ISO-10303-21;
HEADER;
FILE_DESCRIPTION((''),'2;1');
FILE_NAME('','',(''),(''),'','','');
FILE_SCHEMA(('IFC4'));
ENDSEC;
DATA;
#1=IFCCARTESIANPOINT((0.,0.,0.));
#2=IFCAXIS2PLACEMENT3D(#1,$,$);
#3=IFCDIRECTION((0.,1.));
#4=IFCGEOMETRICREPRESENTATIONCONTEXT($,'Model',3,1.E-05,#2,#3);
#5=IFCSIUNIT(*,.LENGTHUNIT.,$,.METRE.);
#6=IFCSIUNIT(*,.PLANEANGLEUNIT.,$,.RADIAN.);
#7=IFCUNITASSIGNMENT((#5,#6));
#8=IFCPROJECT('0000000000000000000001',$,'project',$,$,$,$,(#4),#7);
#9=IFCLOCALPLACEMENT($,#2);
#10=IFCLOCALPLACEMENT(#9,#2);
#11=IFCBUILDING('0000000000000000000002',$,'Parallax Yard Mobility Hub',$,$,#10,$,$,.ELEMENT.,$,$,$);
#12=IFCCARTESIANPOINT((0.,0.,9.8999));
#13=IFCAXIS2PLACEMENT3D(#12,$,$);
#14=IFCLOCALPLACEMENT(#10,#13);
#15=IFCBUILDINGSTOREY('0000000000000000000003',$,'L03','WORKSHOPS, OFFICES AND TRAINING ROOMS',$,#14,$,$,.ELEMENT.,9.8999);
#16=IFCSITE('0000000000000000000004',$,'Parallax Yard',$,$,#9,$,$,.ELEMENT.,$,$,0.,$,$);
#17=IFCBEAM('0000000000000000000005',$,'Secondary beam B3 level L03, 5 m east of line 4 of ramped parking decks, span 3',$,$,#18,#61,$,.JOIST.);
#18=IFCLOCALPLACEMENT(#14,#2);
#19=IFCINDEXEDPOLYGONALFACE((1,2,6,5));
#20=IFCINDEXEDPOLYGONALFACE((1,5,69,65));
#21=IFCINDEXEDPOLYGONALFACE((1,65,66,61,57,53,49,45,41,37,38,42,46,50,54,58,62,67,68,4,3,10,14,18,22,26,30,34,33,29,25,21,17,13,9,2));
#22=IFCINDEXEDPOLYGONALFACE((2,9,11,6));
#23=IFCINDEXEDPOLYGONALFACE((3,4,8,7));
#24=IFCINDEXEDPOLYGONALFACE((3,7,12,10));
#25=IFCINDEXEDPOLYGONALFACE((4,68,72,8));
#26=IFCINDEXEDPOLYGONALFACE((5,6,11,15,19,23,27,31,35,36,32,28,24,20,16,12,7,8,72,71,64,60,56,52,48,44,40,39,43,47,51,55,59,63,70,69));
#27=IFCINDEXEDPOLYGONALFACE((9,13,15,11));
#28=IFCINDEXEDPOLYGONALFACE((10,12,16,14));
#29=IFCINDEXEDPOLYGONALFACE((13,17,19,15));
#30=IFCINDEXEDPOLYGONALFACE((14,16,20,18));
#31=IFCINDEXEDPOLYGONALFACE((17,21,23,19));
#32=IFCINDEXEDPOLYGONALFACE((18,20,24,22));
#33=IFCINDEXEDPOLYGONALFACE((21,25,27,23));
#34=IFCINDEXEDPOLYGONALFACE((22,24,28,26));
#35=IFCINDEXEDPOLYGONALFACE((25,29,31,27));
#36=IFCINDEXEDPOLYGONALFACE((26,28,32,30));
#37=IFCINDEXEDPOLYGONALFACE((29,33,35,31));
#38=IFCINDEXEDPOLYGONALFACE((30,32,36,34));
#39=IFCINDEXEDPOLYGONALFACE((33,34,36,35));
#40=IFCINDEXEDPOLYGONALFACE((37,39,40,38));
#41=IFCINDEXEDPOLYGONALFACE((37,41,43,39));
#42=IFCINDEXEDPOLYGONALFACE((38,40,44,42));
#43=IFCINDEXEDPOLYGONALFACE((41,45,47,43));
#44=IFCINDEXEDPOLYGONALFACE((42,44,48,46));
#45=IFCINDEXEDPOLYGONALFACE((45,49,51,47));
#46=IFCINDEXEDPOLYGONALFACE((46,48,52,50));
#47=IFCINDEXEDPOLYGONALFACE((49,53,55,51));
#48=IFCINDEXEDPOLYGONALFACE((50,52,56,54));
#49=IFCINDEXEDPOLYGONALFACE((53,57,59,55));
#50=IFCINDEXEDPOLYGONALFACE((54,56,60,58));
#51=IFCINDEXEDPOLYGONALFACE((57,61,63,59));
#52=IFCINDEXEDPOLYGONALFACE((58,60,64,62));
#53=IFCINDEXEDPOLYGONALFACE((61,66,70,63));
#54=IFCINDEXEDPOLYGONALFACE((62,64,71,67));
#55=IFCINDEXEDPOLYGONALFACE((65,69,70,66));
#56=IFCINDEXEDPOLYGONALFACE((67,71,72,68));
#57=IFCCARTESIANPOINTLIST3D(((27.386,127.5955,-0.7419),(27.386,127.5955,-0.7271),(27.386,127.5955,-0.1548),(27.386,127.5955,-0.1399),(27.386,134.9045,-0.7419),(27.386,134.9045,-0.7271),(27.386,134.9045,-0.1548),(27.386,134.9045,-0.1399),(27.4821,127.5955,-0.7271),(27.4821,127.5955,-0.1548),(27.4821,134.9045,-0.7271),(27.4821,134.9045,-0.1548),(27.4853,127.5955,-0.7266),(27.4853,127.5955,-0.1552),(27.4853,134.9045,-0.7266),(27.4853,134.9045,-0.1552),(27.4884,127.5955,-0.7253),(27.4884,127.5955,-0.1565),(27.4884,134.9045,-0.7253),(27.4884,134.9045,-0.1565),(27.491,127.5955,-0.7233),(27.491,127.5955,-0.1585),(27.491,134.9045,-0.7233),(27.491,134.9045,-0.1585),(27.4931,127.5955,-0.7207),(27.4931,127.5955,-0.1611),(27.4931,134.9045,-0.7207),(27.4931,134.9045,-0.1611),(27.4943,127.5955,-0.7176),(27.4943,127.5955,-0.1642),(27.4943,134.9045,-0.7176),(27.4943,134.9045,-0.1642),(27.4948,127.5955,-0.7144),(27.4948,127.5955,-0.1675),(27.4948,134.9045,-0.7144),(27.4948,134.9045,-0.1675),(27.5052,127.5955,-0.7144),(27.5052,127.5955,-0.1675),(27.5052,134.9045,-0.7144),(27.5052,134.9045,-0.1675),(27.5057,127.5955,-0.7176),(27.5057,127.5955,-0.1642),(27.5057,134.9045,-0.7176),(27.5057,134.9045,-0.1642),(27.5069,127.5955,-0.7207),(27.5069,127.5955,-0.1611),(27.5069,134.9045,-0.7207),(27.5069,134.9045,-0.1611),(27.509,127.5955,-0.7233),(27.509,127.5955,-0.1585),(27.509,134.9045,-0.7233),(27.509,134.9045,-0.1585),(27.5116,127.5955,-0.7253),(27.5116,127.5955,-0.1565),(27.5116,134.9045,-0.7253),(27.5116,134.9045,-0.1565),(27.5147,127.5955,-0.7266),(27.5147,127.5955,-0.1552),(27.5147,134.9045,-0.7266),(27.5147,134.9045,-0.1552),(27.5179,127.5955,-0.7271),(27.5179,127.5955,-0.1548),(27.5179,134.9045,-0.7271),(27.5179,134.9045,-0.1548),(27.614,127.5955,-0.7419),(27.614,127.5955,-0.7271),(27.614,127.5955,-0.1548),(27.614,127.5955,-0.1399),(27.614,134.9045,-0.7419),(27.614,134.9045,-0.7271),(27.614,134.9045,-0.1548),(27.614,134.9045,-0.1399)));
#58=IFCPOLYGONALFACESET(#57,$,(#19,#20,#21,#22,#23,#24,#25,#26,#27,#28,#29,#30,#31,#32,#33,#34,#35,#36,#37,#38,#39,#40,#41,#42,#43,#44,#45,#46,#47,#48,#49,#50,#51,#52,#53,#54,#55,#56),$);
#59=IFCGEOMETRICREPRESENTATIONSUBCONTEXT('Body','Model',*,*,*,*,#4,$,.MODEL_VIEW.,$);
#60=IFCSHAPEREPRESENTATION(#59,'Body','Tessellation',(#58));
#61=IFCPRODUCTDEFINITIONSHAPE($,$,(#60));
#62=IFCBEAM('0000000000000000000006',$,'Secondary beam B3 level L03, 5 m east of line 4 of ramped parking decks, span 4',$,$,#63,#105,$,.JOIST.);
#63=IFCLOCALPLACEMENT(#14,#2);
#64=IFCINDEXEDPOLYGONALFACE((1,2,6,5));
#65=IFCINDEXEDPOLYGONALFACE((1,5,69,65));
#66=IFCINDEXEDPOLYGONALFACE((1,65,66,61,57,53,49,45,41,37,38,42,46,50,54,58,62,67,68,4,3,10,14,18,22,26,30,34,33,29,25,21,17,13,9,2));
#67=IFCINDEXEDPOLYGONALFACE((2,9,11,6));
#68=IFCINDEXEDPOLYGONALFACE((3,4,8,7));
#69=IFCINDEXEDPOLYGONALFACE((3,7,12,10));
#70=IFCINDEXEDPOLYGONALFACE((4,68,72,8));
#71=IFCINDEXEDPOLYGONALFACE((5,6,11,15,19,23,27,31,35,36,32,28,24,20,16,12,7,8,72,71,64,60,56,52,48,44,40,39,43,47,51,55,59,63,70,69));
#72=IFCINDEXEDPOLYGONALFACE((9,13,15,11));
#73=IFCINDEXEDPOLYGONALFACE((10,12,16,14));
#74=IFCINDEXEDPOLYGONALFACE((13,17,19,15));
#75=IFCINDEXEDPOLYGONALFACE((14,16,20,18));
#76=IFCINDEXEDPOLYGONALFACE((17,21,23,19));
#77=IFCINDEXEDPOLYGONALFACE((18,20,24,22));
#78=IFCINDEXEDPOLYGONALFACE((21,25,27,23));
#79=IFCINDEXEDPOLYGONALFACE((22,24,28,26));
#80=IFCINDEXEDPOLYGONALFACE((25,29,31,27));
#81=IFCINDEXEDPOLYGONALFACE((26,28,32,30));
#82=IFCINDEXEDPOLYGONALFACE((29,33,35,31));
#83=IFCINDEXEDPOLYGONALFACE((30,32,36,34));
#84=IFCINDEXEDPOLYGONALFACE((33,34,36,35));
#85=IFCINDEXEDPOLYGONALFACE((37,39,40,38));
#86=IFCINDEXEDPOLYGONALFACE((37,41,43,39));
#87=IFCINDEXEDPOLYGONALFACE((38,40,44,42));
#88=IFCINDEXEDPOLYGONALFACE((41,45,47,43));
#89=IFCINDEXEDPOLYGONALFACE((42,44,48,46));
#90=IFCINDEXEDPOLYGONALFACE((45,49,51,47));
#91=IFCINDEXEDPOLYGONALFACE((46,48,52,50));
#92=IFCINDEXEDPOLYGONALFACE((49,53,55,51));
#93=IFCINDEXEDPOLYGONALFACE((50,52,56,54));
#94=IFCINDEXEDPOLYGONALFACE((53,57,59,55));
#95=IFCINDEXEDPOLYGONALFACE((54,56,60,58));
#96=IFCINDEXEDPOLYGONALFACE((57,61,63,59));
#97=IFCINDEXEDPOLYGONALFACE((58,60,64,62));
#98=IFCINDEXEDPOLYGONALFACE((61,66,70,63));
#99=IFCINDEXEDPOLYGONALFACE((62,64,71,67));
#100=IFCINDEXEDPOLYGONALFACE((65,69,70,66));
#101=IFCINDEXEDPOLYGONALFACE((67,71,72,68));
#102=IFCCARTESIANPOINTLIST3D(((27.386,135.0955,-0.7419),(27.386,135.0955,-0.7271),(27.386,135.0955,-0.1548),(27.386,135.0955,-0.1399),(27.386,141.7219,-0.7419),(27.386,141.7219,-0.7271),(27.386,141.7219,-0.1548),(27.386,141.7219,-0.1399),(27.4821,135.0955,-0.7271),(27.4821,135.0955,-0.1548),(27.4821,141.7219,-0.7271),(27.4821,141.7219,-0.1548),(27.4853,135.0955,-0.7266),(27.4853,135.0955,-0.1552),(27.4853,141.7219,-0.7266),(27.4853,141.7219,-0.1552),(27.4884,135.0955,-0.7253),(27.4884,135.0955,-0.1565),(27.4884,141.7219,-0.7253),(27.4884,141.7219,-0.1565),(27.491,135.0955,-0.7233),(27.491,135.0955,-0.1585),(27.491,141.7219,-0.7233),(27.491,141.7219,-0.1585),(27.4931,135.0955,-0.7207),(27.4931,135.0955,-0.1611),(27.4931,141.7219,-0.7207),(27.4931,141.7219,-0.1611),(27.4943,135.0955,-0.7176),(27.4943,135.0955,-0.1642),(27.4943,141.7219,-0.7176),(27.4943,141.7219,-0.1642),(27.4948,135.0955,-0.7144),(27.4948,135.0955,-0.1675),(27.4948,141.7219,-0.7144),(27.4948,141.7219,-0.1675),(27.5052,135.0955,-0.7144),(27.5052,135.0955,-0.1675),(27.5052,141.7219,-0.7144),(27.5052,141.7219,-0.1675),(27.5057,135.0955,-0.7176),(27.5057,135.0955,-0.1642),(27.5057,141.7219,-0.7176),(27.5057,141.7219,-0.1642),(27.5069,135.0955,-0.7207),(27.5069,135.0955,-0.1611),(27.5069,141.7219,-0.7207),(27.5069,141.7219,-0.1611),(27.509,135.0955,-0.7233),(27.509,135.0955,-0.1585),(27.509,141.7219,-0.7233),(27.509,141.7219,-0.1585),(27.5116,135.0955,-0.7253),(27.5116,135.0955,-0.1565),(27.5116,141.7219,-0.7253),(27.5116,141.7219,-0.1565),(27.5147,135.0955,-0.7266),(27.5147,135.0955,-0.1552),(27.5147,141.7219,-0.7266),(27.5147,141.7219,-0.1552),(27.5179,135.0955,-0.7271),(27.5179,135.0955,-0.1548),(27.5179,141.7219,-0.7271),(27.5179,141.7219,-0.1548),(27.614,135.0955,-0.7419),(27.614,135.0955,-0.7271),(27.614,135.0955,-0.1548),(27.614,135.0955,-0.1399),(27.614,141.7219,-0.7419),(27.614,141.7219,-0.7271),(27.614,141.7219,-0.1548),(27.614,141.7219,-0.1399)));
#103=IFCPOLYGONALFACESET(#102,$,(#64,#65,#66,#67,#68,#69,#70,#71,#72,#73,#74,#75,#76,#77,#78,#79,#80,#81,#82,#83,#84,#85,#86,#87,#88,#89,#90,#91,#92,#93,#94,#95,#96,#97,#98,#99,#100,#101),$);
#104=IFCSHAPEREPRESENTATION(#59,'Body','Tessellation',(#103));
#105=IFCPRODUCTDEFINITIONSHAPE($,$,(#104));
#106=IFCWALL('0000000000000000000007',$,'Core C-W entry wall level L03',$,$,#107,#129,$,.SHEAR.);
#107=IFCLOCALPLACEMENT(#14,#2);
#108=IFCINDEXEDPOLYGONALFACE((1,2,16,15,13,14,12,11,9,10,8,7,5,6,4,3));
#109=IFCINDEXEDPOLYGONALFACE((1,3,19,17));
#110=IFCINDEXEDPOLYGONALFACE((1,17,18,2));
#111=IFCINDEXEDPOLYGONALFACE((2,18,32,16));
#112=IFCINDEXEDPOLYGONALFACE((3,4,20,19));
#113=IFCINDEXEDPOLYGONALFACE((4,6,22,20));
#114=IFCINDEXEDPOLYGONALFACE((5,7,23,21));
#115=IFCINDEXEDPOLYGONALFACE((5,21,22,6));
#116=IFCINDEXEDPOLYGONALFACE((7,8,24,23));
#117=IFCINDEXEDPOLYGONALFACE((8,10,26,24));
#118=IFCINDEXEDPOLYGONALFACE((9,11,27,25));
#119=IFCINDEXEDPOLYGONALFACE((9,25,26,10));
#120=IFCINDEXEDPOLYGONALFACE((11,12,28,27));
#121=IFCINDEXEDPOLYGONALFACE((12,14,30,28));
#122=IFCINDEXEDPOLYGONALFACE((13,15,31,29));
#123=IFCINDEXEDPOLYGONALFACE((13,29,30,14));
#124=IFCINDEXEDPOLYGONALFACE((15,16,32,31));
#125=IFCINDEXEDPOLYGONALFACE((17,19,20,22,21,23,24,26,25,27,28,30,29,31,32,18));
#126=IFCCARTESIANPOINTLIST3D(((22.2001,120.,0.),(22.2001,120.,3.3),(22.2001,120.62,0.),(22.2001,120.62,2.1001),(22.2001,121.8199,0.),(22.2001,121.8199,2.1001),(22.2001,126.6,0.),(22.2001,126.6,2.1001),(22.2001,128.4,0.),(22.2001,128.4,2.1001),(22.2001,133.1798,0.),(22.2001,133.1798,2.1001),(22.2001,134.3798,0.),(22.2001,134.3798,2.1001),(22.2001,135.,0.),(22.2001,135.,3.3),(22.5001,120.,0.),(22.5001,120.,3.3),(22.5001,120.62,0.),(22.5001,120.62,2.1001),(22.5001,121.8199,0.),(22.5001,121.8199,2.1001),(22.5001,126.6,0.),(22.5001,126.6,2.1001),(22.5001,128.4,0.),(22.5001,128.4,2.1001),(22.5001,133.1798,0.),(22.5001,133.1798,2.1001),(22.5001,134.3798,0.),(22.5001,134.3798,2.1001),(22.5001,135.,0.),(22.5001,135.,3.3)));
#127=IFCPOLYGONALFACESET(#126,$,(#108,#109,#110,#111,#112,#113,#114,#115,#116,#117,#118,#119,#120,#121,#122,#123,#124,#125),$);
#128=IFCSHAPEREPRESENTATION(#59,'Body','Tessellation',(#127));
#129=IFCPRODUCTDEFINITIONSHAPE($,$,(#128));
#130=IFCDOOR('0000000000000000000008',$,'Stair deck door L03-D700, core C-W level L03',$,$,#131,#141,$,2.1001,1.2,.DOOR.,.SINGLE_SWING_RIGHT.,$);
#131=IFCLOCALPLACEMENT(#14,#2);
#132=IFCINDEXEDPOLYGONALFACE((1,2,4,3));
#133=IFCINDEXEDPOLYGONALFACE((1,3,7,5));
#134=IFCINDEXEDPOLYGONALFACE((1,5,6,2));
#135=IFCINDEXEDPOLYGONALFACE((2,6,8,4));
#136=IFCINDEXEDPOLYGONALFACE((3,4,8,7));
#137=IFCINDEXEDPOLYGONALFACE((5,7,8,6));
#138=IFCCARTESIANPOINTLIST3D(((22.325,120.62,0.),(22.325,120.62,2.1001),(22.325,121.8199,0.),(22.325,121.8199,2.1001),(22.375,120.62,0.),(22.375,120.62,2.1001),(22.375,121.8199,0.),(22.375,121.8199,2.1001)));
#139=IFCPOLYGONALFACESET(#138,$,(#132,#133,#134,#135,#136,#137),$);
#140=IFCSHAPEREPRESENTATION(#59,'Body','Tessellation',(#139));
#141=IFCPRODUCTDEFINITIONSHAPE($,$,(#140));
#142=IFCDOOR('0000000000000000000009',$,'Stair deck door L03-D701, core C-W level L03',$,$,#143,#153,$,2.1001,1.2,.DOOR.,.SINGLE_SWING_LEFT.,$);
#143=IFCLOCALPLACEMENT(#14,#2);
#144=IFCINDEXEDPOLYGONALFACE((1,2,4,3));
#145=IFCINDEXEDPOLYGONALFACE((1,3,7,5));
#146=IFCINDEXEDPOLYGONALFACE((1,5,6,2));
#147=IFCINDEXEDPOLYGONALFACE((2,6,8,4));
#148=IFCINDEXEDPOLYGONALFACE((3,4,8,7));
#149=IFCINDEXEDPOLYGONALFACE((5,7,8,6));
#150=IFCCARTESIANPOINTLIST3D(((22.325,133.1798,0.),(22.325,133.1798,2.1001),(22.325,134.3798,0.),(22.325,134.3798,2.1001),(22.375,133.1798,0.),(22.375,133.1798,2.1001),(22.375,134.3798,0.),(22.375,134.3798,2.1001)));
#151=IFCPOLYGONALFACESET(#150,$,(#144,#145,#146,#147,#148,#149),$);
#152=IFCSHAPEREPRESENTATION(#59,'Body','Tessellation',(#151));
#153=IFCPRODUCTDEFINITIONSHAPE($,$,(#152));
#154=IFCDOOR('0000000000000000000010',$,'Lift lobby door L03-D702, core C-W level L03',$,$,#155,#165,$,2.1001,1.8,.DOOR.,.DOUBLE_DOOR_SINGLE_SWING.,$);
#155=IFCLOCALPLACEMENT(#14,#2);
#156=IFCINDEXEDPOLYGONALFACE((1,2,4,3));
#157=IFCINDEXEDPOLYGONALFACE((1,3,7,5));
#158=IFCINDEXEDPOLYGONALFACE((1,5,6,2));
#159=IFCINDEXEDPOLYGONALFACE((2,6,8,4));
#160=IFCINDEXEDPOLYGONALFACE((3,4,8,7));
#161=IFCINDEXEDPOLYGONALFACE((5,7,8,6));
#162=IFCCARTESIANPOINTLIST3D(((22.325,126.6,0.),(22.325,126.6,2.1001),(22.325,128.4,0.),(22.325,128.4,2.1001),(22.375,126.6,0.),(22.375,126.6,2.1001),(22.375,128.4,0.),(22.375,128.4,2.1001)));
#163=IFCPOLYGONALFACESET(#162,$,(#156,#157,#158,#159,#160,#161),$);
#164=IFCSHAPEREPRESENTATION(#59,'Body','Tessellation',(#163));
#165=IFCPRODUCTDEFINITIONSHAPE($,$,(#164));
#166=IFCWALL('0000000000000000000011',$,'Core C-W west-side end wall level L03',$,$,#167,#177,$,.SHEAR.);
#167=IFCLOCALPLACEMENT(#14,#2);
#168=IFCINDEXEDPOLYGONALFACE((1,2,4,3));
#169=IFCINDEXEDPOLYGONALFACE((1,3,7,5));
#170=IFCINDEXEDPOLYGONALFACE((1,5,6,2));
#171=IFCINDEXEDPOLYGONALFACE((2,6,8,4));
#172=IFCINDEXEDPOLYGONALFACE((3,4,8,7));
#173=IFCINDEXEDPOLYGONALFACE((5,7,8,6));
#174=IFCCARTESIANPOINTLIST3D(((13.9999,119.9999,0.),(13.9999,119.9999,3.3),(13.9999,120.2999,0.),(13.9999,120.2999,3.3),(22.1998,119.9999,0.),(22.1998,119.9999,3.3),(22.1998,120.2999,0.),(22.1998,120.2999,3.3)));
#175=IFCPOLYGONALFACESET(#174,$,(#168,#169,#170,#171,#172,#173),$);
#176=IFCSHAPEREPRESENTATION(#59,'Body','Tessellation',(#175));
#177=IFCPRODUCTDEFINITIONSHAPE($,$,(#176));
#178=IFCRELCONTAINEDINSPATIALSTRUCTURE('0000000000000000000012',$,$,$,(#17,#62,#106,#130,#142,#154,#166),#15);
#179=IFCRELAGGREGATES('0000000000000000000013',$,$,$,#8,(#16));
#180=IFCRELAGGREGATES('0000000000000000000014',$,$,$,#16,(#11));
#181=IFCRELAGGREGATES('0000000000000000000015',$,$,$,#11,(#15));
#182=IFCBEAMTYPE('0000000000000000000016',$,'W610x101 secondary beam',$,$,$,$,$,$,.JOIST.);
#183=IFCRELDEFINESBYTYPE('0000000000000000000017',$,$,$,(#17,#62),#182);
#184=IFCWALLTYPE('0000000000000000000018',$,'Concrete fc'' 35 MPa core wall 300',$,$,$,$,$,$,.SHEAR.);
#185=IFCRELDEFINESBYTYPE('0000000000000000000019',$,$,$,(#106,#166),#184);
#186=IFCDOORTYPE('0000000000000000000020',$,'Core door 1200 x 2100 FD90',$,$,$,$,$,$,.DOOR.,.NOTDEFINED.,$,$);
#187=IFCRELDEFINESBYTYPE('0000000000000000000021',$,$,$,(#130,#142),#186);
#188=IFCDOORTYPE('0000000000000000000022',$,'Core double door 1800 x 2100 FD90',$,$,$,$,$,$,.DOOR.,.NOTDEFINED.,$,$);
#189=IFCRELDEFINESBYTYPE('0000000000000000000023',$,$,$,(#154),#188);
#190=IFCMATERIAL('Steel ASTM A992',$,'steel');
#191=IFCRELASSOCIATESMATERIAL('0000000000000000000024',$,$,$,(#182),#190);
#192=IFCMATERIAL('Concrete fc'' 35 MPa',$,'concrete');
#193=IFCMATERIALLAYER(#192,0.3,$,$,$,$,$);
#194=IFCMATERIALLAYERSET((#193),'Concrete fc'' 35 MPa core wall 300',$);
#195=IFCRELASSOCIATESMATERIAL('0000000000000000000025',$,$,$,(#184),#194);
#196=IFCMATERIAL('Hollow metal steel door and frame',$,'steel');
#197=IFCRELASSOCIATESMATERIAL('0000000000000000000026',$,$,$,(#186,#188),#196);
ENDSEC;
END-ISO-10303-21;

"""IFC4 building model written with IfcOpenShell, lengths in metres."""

from ifc_helpers import new_model, si_unit, direction, frame, frame_2d, origin, origin_2d, place, context, subcontext, project, spatial, rectangle, i_section, extrude, material, layer, layer_set, material_profile, profile_set, type_object, element, fill, save


model = new_model("IFC4")

# Units and contexts
model_context = context("Model", 3, precision=1e-05, world=origin(), true_north=direction((0.0, 1.0)))
body_context = subcontext(model_context, "Body", "Model", "MODEL_VIEW")
ifc_project = project(units=[si_unit("LENGTHUNIT", "METRE"), si_unit("PLANEANGLEUNIT", "RADIAN")], contexts=[model_context])

# Site, building, storey
site_placement = place(None, origin())
site = spatial("IfcSite", under=ifc_project, at=site_placement, Name="Parallax Yard", CompositionType="ELEMENT", RefElevation=0.0)
building_placement = place(site_placement, origin())
building = spatial("IfcBuilding", under=site, at=building_placement, Name="Parallax Yard Mobility Hub", CompositionType="ELEMENT")
storey_placement = place(building_placement, frame((0.0, 0.0, 9.8999)))
storey = spatial("IfcBuildingStorey", under=building, at=storey_placement, Name="L03", Description="WORKSHOPS, OFFICES AND TRAINING ROOMS", CompositionType="ELEMENT", Elevation=9.8999)

# Beams
ifc_material_1 = material(Name="Steel ASTM A992", Category="steel")
ifc_material_profile_1 = material_profile(ifc_material_1, i_section(OverallWidth=0.228, OverallDepth=0.6021, WebThickness=0.0105, FlangeThickness=0.0149, FilletRadius=0.0127, at=origin_2d()), Name="W610x101")
ifc_profile_set_1 = profile_set([ifc_material_profile_1], Name="Steel ASTM A992")
beam_type_1 = type_object("IfcBeamType", Name="W610x101 secondary beam", PredefinedType="JOIST", material=ifc_profile_set_1)
for number, where, z_axis, x_axis, name in (
    (1, (27.5, 127.5955, -0.4409), (0.0, 1.0, 0.0), (-1.0, 0.0, 0.0), "Secondary beam B3 level L03, 5 m east of line 4 of ramped parking decks, span 3"),
):
    element("IfcBeam", number, at=place(storey_placement, frame(where, z_axis=z_axis, x_axis=x_axis)), inside=storey, type_object=beam_type_1, Name=name, PredefinedType="JOIST", context=body_context, shape_type="SweptSolid", body=[
        extrude(i_section(OverallWidth=0.228, OverallDepth=0.6021, WebThickness=0.0105, FlangeThickness=0.0149, FilletRadius=0.0127, at=origin_2d()), origin(), (0.0, 0.0, 1.0), 7.3091),
    ])
beam_1_placement = place(storey_placement, frame((27.5, 135.0955, -0.4409), z_axis=(0.0, 1.0, 0.0), x_axis=(-1.0, 0.0, 0.0)))
element("IfcBeam", 2, at=beam_1_placement, inside=storey, type_object=beam_type_1, Name="Secondary beam B3 level L03, 5 m east of line 4 of ramped parking decks, span 4", PredefinedType="JOIST", context=body_context, shape_type="SweptSolid", body=[
    extrude(i_section(OverallWidth=0.228, OverallDepth=0.6021, WebThickness=0.0105, FlangeThickness=0.0149, FilletRadius=0.0127, at=origin_2d()), origin(), (0.0, 0.0, 1.0), 6.6265),
])

# Wall, openings, doors
ifc_material_2 = material(Name="Concrete fc' 35 MPa", Category="concrete")
ifc_layer_1 = layer(ifc_material_2, 0.3)
ifc_layer_set_1 = layer_set([ifc_layer_1], Name="Concrete fc' 35 MPa core wall 300")
wall_type_1 = type_object("IfcWallType", Name="Concrete fc' 35 MPa core wall 300", PredefinedType="SHEAR", material=ifc_layer_set_1)
wall_1_placement = place(storey_placement, frame((22.3501, 135.0, 0.0), z_axis=(0.0, 0.0, 1.0), x_axis=(0.0, -1.0, 0.0)))
wall_1 = element("IfcWall", 3, at=wall_1_placement, inside=storey, type_object=wall_type_1, Name="Core C-W entry wall level L03", PredefinedType="SHEAR", context=body_context, shape_type="SweptSolid", body=[
    extrude(rectangle(XDim=15.0, YDim=0.3, at=frame_2d((7.5, 0.0))), origin(), (0.0, 0.0, 1.0), 3.3),
])
opening_1_placement = place(wall_1_placement, frame((13.1799, 0.0, 0.0)))
opening_1 = element("IfcOpeningElement", 4, at=opening_1_placement, cuts=wall_1, PredefinedType="OPENING", context=body_context, shape_type="SweptSolid", body=[
    extrude(rectangle(XDim=1.2, YDim=2.1001, at=frame_2d((0.6001, 1.05))), frame((0.0, 0.1602, 0.0), z_axis=(0.0, -1.0, 0.0), x_axis=(1.0, 0.0, 0.0)), (0.0, 0.0, 1.0), 0.3201),
])
opening_2_placement = place(wall_1_placement, frame((0.6201, 0.0, 0.0)))
opening_2 = element("IfcOpeningElement", 5, at=opening_2_placement, cuts=wall_1, PredefinedType="OPENING", context=body_context, shape_type="SweptSolid", body=[
    extrude(rectangle(XDim=1.2, YDim=2.1001, at=frame_2d((0.6001, 1.05))), frame((0.0, 0.1602, 0.0), z_axis=(0.0, -1.0, 0.0), x_axis=(1.0, 0.0, 0.0)), (0.0, 0.0, 1.0), 0.3201),
])
opening_3_placement = place(wall_1_placement, frame((6.6001, 0.0, 0.0)))
opening_3 = element("IfcOpeningElement", 6, at=opening_3_placement, cuts=wall_1, PredefinedType="OPENING", context=body_context, shape_type="SweptSolid", body=[
    extrude(rectangle(XDim=1.8, YDim=2.1001, at=frame_2d((0.8999, 1.05))), frame((0.0, 0.1602, 0.0), z_axis=(0.0, -1.0, 0.0), x_axis=(1.0, 0.0, 0.0)), (0.0, 0.0, 1.0), 0.3201),
])
ifc_material_3 = material(Name="Hollow metal steel door and frame", Category="steel")
door_type_1 = type_object("IfcDoorType", Name="Core door 1200 x 2100 FD90", OperationType="NOTDEFINED", PredefinedType="DOOR", material=ifc_material_3)
door_1_placement = place(opening_1_placement, origin())
door_1 = element("IfcDoor", 7, at=door_1_placement, inside=storey, type_object=door_type_1, Name="Stair deck door L03-D700, core C-W level L03", OperationType="SINGLE_SWING_RIGHT", OverallHeight=2.1001, OverallWidth=1.2, PredefinedType="DOOR", context=body_context, shape_type="SweptSolid", body=[
    extrude(rectangle(XDim=1.2, YDim=2.1001, at=frame_2d((0.6001, 1.05))), frame((0.0, 0.0249, 0.0), z_axis=(0.0, -1.0, 0.0), x_axis=(1.0, 0.0, 0.0)), (0.0, 0.0, 1.0), 0.05),
])
fill(opening_1, door_1)
door_2_placement = place(opening_2_placement, origin())
door_2 = element("IfcDoor", 8, at=door_2_placement, inside=storey, type_object=door_type_1, Name="Stair deck door L03-D701, core C-W level L03", OperationType="SINGLE_SWING_LEFT", OverallHeight=2.1001, OverallWidth=1.2, PredefinedType="DOOR", context=body_context, shape_type="SweptSolid", body=[
    extrude(rectangle(XDim=1.2, YDim=2.1001, at=frame_2d((0.6001, 1.05))), frame((0.0, 0.0249, 0.0), z_axis=(0.0, -1.0, 0.0), x_axis=(1.0, 0.0, 0.0)), (0.0, 0.0, 1.0), 0.05),
])
fill(opening_2, door_2)
door_type_2 = type_object("IfcDoorType", Name="Core double door 1800 x 2100 FD90", OperationType="NOTDEFINED", PredefinedType="DOOR", material=ifc_material_3)
door_3_placement = place(opening_3_placement, origin())
door_3 = element("IfcDoor", 9, at=door_3_placement, inside=storey, type_object=door_type_2, Name="Lift lobby door L03-D702, core C-W level L03", OperationType="DOUBLE_DOOR_SINGLE_SWING", OverallHeight=2.1001, OverallWidth=1.8, PredefinedType="DOOR", context=body_context, shape_type="SweptSolid", body=[
    extrude(rectangle(XDim=1.8, YDim=2.1001, at=frame_2d((0.8999, 1.05))), frame((0.0, 0.0249, 0.0), z_axis=(0.0, -1.0, 0.0), x_axis=(1.0, 0.0, 0.0)), (0.0, 0.0, 1.0), 0.05),
])
fill(opening_3, door_3)

# Wall
wall_2_placement = place(storey_placement, frame((22.2, 120.1499, 0.0), z_axis=(0.0, 0.0, 1.0), x_axis=(-1.0, 0.0, 0.0)))
element("IfcWall", 10, at=wall_2_placement, inside=storey, type_object=wall_type_1, Name="Core C-W west-side end wall level L03", PredefinedType="SHEAR", context=body_context, shape_type="SweptSolid", body=[
    extrude(rectangle(XDim=8.2, YDim=0.3, at=frame_2d((4.1001, 0.0))), origin(), (0.0, 0.0, 1.0), 3.3),
])

save(model, "model.ifc")
